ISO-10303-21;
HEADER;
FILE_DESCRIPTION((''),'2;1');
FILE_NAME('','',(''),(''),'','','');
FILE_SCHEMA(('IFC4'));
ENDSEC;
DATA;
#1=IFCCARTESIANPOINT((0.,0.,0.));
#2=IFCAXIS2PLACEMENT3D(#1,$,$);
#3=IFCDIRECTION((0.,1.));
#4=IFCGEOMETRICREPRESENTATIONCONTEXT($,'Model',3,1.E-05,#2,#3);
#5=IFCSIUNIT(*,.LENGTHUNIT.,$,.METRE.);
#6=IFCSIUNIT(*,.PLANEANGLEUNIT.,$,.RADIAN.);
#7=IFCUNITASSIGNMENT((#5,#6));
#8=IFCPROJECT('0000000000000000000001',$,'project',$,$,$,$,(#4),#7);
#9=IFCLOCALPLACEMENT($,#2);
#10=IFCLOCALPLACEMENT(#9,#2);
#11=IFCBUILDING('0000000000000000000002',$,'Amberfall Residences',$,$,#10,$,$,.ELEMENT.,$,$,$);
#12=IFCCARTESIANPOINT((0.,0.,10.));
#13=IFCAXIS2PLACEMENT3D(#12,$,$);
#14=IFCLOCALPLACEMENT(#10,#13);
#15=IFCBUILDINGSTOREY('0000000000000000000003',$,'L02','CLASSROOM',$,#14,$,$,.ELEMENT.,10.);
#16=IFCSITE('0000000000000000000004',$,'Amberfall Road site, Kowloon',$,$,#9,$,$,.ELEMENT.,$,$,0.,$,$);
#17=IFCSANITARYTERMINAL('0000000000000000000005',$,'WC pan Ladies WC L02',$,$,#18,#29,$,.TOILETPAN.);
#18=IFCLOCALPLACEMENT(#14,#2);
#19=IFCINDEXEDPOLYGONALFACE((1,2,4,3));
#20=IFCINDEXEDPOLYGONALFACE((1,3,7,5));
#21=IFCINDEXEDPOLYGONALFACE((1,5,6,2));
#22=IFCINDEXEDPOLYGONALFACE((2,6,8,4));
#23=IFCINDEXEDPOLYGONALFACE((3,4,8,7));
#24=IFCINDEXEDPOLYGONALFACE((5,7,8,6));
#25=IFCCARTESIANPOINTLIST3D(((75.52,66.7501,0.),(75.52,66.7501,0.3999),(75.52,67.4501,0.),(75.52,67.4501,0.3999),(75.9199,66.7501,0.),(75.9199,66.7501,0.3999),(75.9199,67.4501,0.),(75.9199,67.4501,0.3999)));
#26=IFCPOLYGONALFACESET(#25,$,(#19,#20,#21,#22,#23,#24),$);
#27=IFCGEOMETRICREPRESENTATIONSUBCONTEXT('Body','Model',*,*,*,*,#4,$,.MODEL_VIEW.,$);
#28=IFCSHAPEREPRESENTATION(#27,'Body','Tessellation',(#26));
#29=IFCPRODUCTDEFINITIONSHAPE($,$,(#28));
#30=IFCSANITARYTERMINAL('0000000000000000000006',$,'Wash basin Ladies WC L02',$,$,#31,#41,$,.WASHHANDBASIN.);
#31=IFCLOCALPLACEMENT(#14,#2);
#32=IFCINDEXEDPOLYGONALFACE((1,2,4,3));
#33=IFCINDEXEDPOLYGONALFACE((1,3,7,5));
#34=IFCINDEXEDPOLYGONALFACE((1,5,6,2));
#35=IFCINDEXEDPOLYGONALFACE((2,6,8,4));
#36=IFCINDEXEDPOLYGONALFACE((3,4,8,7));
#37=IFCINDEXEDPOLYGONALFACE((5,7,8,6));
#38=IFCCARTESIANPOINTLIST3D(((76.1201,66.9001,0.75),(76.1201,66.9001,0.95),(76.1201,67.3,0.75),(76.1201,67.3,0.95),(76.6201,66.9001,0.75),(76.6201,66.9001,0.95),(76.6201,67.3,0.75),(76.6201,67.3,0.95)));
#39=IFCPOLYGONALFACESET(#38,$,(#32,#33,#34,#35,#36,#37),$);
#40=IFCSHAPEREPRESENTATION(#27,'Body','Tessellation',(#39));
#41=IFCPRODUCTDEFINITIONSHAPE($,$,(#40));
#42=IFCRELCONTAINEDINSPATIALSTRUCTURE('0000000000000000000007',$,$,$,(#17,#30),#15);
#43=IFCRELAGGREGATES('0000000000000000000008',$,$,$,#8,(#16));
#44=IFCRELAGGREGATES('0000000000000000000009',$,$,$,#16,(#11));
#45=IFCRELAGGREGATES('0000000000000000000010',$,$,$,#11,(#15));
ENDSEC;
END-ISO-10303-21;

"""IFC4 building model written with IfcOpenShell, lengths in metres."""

from ifc_helpers import new_model, si_unit, direction, frame, origin, origin_2d, place, context, subcontext, project, spatial, rectangle, extrude, element, save


model = new_model("IFC4")

# Units and contexts
model_context = context("Model", 3, precision=1e-05, world=origin(), true_north=direction((0.0, 1.0)))
body_context = subcontext(model_context, "Body", "Model", "MODEL_VIEW")
ifc_project = project(units=[si_unit("LENGTHUNIT", "METRE"), si_unit("PLANEANGLEUNIT", "RADIAN")], contexts=[model_context])

# Site, building, storey
site_placement = place(None, origin())
site = spatial("IfcSite", under=ifc_project, at=site_placement, Name="Amberfall Road site, Kowloon", CompositionType="ELEMENT", RefElevation=0.0)
building_placement = place(site_placement, origin())
building = spatial("IfcBuilding", under=site, at=building_placement, Name="Amberfall Residences", CompositionType="ELEMENT")
storey_placement = place(building_placement, frame((0.0, 0.0, 10.0)))
storey = spatial("IfcBuildingStorey", under=building, at=storey_placement, Name="L02", Description="CLASSROOM", CompositionType="ELEMENT", Elevation=10.0)

# Sanitary terminals
sanitary_terminal_1_placement = place(storey_placement, frame((75.72, 67.1001, 0.0), z_axis=(0.0, 0.0, 1.0), x_axis=(1.0, 0.0, 0.0)))
element("IfcSanitaryTerminal", 1, at=sanitary_terminal_1_placement, inside=storey, Name="WC pan Ladies WC L02", PredefinedType="TOILETPAN", context=body_context, shape_type="SweptSolid", body=[
    extrude(rectangle(XDim=0.3999, YDim=0.7, at=origin_2d()), origin(), (0.0, 0.0, 1.0), 0.3999),
])
sanitary_terminal_2_placement = place(storey_placement, frame((76.3701, 67.1001, 0.75), z_axis=(0.0, 0.0, 1.0), x_axis=(1.0, 0.0, 0.0)))
element("IfcSanitaryTerminal", 2, at=sanitary_terminal_2_placement, inside=storey, Name="Wash basin Ladies WC L02", PredefinedType="WASHHANDBASIN", context=body_context, shape_type="SweptSolid", body=[
    extrude(rectangle(XDim=0.5, YDim=0.3999, at=origin_2d()), origin(), (0.0, 0.0, 1.0), 0.2),
])

save(model, "model.ifc")
